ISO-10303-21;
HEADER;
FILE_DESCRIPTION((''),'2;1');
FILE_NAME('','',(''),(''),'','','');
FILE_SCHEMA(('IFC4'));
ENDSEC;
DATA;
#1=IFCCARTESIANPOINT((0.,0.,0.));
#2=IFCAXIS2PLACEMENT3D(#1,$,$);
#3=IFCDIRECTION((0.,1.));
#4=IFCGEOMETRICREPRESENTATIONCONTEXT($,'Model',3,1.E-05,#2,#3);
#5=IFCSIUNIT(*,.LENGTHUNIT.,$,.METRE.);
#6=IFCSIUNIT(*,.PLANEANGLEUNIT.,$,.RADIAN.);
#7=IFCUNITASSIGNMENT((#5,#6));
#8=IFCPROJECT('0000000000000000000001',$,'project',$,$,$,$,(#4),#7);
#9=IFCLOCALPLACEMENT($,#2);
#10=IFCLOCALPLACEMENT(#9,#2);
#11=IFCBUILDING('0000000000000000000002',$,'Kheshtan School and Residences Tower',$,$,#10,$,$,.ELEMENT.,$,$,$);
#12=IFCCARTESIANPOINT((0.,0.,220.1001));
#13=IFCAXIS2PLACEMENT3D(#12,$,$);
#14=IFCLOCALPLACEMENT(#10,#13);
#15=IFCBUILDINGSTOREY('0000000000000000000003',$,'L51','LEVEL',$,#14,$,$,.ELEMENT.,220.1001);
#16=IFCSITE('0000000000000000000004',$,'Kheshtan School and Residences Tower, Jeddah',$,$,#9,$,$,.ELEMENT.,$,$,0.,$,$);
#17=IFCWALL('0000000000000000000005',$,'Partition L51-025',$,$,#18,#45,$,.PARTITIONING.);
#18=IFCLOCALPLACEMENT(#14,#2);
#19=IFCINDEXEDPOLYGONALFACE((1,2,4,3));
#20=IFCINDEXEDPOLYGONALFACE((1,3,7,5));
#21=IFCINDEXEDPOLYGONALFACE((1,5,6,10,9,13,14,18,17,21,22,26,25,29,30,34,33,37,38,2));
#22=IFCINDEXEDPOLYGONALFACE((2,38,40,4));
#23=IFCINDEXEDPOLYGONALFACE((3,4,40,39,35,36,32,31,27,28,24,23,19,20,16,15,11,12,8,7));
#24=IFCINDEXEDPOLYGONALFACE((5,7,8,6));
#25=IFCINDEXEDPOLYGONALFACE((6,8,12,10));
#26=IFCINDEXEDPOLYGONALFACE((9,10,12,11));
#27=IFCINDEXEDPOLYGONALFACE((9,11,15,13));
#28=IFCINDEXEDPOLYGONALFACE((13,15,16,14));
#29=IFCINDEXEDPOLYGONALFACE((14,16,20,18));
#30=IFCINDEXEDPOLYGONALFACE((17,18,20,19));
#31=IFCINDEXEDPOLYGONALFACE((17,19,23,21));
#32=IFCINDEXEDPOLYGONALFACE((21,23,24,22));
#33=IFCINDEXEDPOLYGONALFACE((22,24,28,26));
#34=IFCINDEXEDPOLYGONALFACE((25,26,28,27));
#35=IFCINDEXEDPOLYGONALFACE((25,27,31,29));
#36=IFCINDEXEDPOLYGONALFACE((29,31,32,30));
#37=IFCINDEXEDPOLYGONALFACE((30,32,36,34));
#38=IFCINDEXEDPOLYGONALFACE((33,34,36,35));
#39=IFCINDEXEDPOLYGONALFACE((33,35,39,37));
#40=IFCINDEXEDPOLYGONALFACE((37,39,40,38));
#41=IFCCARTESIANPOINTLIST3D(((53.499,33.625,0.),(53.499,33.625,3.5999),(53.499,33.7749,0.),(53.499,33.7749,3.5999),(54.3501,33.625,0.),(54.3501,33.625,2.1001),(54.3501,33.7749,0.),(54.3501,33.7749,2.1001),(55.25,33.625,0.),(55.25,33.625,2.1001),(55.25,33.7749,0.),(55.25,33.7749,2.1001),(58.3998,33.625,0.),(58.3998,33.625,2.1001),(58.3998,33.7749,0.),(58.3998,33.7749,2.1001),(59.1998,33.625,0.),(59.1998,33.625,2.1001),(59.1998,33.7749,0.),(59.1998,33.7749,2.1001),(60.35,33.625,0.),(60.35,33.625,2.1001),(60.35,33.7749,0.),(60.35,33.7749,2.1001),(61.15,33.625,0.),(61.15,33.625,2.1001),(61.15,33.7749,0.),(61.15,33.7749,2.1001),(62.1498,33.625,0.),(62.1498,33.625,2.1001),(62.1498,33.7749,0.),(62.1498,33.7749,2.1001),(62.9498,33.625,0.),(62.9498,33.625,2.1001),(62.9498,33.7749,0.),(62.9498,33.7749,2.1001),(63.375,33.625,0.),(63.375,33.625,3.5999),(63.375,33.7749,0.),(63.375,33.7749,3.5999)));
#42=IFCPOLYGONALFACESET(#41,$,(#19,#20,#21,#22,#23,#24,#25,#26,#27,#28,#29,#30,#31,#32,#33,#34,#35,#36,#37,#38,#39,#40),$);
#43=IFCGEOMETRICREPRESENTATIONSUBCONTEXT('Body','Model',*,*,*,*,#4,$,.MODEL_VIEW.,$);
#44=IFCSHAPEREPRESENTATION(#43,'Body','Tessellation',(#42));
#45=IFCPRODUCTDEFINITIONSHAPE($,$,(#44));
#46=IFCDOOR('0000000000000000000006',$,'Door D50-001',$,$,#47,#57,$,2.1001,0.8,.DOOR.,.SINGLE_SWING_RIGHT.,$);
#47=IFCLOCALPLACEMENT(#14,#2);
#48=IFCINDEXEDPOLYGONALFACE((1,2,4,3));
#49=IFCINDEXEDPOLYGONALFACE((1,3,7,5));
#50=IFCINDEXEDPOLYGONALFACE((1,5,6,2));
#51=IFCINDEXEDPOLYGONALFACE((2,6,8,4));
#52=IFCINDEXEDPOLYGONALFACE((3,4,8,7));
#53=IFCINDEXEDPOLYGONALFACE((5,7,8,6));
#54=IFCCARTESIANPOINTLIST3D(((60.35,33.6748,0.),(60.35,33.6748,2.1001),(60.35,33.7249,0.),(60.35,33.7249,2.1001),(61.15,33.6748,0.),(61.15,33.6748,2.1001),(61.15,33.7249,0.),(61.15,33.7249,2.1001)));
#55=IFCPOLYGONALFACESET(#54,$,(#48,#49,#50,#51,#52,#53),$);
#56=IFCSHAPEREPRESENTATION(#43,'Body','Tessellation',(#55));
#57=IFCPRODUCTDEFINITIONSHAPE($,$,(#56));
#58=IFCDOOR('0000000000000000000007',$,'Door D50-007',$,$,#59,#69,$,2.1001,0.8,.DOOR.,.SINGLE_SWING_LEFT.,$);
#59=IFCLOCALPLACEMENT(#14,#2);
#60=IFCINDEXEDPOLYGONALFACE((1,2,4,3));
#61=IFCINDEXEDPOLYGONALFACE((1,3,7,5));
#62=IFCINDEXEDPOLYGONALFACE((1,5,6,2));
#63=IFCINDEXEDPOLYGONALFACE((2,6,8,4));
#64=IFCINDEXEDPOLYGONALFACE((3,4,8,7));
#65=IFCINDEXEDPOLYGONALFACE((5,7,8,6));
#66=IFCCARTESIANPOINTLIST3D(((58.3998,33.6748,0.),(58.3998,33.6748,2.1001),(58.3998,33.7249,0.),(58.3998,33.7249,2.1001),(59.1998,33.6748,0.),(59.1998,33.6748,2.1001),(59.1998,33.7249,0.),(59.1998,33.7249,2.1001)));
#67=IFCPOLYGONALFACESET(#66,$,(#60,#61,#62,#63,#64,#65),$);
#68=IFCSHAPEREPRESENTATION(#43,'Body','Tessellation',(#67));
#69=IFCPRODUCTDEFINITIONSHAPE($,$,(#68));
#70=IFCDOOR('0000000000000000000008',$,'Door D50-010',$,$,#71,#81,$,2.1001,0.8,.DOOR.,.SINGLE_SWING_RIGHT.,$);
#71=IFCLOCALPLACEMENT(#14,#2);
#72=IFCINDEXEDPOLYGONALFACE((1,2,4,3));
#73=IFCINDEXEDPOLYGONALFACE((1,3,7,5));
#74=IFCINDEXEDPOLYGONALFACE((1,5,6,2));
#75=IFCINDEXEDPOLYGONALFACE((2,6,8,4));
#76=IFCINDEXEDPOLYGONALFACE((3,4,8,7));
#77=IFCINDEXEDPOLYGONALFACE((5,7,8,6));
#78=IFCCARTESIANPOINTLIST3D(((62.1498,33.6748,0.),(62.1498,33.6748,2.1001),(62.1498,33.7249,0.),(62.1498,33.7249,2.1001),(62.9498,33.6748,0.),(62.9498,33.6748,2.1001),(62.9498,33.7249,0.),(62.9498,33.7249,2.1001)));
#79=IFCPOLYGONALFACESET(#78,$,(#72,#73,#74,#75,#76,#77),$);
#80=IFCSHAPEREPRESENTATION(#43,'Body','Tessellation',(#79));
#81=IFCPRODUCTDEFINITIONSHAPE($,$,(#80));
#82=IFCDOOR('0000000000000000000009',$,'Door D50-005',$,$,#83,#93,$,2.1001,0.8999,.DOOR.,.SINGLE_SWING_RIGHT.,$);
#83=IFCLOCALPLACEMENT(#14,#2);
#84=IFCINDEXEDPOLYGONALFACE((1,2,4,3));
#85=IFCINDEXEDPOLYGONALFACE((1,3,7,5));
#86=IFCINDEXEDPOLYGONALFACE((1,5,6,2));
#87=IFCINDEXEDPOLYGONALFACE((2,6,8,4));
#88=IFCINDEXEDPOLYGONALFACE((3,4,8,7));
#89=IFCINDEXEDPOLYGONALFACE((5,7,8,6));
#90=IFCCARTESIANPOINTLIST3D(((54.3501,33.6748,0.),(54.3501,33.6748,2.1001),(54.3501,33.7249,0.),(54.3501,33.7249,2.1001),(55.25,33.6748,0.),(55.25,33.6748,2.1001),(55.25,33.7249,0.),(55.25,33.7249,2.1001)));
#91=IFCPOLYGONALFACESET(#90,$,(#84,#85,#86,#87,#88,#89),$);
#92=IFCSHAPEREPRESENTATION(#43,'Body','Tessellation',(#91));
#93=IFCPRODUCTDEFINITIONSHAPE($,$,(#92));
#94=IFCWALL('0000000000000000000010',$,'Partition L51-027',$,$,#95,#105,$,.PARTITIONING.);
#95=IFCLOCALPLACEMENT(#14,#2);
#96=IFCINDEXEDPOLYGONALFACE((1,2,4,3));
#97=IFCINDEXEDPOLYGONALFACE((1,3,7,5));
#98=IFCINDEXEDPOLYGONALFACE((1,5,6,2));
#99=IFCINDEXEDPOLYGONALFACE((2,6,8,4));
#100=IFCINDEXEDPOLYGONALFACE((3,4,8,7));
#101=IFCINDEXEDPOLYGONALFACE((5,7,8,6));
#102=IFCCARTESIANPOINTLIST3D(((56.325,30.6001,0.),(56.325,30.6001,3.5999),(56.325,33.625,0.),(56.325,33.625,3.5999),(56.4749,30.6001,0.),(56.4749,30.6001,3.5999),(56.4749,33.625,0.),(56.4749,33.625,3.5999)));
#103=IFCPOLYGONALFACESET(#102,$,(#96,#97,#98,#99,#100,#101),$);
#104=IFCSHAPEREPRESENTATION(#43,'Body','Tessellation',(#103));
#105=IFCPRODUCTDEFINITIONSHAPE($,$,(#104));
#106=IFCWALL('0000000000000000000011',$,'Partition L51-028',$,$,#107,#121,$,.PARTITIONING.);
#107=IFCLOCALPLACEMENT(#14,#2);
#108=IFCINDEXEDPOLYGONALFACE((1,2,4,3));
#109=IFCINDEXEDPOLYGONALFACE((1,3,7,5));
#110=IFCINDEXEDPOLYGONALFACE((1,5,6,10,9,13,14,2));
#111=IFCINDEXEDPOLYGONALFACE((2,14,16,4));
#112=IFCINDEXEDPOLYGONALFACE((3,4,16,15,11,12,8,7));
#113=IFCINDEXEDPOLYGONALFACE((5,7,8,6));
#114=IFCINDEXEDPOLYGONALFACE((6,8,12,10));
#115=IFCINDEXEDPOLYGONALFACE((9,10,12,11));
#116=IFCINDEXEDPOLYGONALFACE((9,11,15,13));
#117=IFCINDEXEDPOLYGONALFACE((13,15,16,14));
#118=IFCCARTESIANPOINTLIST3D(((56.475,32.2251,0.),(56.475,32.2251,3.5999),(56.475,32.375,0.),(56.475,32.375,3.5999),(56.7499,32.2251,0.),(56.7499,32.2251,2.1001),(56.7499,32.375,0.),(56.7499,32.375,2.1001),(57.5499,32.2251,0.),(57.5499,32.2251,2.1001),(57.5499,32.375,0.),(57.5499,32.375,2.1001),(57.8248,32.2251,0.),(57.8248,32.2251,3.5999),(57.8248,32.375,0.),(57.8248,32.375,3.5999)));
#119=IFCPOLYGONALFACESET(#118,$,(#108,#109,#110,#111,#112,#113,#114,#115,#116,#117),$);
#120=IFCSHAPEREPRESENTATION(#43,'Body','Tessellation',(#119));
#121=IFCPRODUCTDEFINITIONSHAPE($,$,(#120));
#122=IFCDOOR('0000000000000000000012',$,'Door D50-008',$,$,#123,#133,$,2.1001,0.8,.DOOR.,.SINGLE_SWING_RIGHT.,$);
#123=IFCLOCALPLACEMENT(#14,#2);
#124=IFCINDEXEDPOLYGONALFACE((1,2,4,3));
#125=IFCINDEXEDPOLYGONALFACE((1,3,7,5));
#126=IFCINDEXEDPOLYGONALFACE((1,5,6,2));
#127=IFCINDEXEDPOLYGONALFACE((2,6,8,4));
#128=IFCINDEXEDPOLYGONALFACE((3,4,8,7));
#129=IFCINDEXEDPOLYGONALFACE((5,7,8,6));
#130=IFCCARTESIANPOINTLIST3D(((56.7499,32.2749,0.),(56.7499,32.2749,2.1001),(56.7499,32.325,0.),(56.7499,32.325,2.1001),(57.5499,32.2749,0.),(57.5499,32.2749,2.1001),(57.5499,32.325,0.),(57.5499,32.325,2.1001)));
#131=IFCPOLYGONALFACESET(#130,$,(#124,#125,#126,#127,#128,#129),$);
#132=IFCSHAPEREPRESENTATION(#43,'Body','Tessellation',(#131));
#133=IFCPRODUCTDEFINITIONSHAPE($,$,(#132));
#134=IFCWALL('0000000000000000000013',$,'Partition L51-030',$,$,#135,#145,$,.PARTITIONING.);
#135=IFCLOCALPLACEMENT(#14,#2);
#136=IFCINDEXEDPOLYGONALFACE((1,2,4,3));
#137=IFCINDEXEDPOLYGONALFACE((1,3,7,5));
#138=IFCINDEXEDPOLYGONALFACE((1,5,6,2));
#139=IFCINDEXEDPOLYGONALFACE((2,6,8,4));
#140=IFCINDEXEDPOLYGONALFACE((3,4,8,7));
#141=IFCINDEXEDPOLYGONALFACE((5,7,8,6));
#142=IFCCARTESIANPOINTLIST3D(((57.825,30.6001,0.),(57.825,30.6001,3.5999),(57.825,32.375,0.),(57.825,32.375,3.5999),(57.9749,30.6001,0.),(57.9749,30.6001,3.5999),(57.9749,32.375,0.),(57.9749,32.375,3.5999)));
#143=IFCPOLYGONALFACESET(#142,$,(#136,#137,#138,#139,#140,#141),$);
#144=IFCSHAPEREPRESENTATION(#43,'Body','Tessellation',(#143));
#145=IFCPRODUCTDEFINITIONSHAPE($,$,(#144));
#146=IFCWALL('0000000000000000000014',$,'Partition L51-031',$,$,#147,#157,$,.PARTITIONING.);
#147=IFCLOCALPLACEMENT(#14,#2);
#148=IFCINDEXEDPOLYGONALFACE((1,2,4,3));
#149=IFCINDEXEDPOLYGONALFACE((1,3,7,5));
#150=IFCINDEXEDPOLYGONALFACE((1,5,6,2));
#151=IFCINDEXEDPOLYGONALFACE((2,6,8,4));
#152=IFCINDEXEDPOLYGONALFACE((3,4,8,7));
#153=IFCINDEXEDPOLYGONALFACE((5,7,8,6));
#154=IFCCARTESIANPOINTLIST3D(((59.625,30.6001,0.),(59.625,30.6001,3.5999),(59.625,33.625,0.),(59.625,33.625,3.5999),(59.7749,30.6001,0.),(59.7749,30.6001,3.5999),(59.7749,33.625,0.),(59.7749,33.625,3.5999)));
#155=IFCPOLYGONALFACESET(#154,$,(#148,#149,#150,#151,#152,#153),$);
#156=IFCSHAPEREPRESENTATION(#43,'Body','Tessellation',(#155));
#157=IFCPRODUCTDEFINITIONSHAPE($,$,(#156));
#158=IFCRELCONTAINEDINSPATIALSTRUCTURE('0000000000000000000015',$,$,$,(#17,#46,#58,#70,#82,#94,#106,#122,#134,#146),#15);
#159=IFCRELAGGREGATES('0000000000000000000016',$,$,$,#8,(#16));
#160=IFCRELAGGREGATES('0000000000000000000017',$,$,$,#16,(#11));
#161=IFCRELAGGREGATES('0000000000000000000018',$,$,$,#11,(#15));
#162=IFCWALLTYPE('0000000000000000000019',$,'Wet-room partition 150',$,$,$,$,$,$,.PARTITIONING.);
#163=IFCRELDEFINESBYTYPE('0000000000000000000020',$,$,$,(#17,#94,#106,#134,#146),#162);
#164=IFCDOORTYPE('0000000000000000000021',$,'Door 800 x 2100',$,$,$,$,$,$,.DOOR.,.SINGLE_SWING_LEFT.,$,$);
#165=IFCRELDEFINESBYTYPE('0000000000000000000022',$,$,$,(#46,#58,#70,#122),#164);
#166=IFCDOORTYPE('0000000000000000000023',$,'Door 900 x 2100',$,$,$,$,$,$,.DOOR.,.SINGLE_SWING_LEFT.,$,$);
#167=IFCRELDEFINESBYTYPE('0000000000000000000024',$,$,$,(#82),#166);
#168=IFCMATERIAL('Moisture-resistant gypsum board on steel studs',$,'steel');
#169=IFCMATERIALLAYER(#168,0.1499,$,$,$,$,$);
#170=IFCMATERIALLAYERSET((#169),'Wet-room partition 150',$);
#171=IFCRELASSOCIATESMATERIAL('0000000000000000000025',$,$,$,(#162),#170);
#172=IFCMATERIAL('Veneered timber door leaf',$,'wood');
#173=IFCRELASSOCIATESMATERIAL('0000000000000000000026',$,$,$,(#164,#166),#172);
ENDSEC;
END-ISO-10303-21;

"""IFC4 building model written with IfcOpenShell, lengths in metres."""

from ifc_helpers import new_model, si_unit, direction, frame, frame_2d, origin, place, context, subcontext, project, spatial, rectangle, extrude, source, transform, mapped, material, layer, layer_set, type_object, element, fill, save


model = new_model("IFC4")

# Units and contexts
model_context = context("Model", 3, precision=1e-05, world=origin(), true_north=direction((0.0, 1.0)))
body_context = subcontext(model_context, "Body", "Model", "MODEL_VIEW")
ifc_project = project(units=[si_unit("LENGTHUNIT", "METRE"), si_unit("PLANEANGLEUNIT", "RADIAN")], contexts=[model_context])

# Site, building, storey
site_placement = place(None, origin())
site = spatial("IfcSite", under=ifc_project, at=site_placement, Name="Kheshtan School and Residences Tower, Jeddah", CompositionType="ELEMENT", RefElevation=0.0)
building_placement = place(site_placement, origin())
building = spatial("IfcBuilding", under=site, at=building_placement, Name="Kheshtan School and Residences Tower", CompositionType="ELEMENT")
storey_placement = place(building_placement, frame((0.0, 0.0, 220.1001)))
storey = spatial("IfcBuildingStorey", under=building, at=storey_placement, Name="L51", Description="LEVEL", CompositionType="ELEMENT", Elevation=220.1001)

# Wall, openings, doors
ifc_material_1 = material(Name="Moisture-resistant gypsum board on steel studs", Category="steel")
ifc_layer_1 = layer(ifc_material_1, 0.1499)
ifc_layer_set_1 = layer_set([ifc_layer_1], Name="Wet-room partition 150")
wall_type_1 = type_object("IfcWallType", Name="Wet-room partition 150", PredefinedType="PARTITIONING", material=ifc_layer_set_1)
wall_1_placement = place(storey_placement, frame((53.499, 33.7, 0.0), z_axis=(0.0, 0.0, 1.0), x_axis=(1.0, 0.0, 0.0)))
wall_1 = element("IfcWall", 1, at=wall_1_placement, inside=storey, type_object=wall_type_1, Name="Partition L51-025", PredefinedType="PARTITIONING", context=body_context, shape_type="SweptSolid", body=[
    extrude(rectangle(XDim=9.876, YDim=0.1499, at=frame_2d((4.938, 0.0))), origin(), (0.0, 0.0, 1.0), 3.5999),
])
opening_1_placement = place(wall_1_placement, frame((6.8511, 0.0, 0.0)))
opening_1 = element("IfcOpeningElement", 2, at=opening_1_placement, cuts=wall_1, PredefinedType="OPENING", context=body_context, shape_type="SweptSolid", body=[
    extrude(rectangle(XDim=0.8, YDim=2.1001, at=frame_2d((0.3999, 1.05))), frame((0.0, 0.085, 0.0), z_axis=(0.0, -1.0, 0.0), x_axis=(1.0, 0.0, 0.0)), (0.0, 0.0, 1.0), 0.1699),
])
opening_2_placement = place(wall_1_placement, frame((0.8511, 0.0, 0.0)))
opening_2 = element("IfcOpeningElement", 3, at=opening_2_placement, cuts=wall_1, PredefinedType="OPENING", context=body_context, shape_type="SweptSolid", body=[
    extrude(rectangle(XDim=0.8999, YDim=2.1001, at=frame_2d((0.45, 1.05))), frame((0.0, 0.085, 0.0), z_axis=(0.0, -1.0, 0.0), x_axis=(1.0, 0.0, 0.0)), (0.0, 0.0, 1.0), 0.1699),
])
opening_3_placement = place(wall_1_placement, frame((4.9009, 0.0, 0.0)))
opening_3 = element("IfcOpeningElement", 4, at=opening_3_placement, cuts=wall_1, PredefinedType="OPENING", context=body_context, shape_type="SweptSolid", body=[
    extrude(rectangle(XDim=0.8, YDim=2.1001, at=frame_2d((0.3999, 1.05))), frame((0.0, 0.085, 0.0), z_axis=(0.0, -1.0, 0.0), x_axis=(1.0, 0.0, 0.0)), (0.0, 0.0, 1.0), 0.1699),
])
opening_4_placement = place(wall_1_placement, frame((8.6509, 0.0, 0.0)))
opening_4 = element("IfcOpeningElement", 5, at=opening_4_placement, cuts=wall_1, PredefinedType="OPENING", context=body_context, shape_type="SweptSolid", body=[
    extrude(rectangle(XDim=0.8, YDim=2.1001, at=frame_2d((0.3999, 1.05))), frame((0.0, 0.085, 0.0), z_axis=(0.0, -1.0, 0.0), x_axis=(1.0, 0.0, 0.0)), (0.0, 0.0, 1.0), 0.1699),
])
ifc_material_2 = material(Name="Veneered timber door leaf", Category="wood")
door_type_1 = type_object("IfcDoorType", Name="Door 800 x 2100", OperationType="SINGLE_SWING_LEFT", PredefinedType="DOOR", material=ifc_material_2)
shared_shape_1 = source(origin(), body_context, "Body", "SweptSolid", [
    extrude(rectangle(XDim=0.8, YDim=2.1001, at=frame_2d((0.3999, 1.05))), frame((0.0, 0.0249, 0.0), z_axis=(0.0, -1.0, 0.0), x_axis=(1.0, 0.0, 0.0)), (0.0, 0.0, 1.0), 0.05),
])
door_1_placement = place(opening_1_placement, origin())
door_1 = element("IfcDoor", 6, at=door_1_placement, inside=storey, type_object=door_type_1, Name="Door D50-001", OperationType="SINGLE_SWING_RIGHT", OverallHeight=2.1001, OverallWidth=0.8, PredefinedType="DOOR", context=body_context, shape_type="MappedRepresentation", body=[
    mapped(shared_shape_1, transform((0.0, 0.0, 0.0), x_axis=(1.0, 0.0, 0.0), y_axis=(0.0, 1.0, 0.0), z_axis=(0.0, 0.0, 1.0), scale=1.0)),
])
fill(opening_1, door_1)
door_2_placement = place(opening_3_placement, origin())
door_2 = element("IfcDoor", 7, at=door_2_placement, inside=storey, type_object=door_type_1, Name="Door D50-007", OperationType="SINGLE_SWING_LEFT", OverallHeight=2.1001, OverallWidth=0.8, PredefinedType="DOOR", context=body_context, shape_type="MappedRepresentation", body=[
    mapped(shared_shape_1, transform((0.0, 0.0, 0.0), x_axis=(1.0, 0.0, 0.0), y_axis=(0.0, 1.0, 0.0), z_axis=(0.0, 0.0, 1.0), scale=1.0)),
])
fill(opening_3, door_2)
door_3_placement = place(opening_4_placement, origin())
door_3 = element("IfcDoor", 8, at=door_3_placement, inside=storey, type_object=door_type_1, Name="Door D50-010", OperationType="SINGLE_SWING_RIGHT", OverallHeight=2.1001, OverallWidth=0.8, PredefinedType="DOOR", context=body_context, shape_type="MappedRepresentation", body=[
    mapped(shared_shape_1, transform((0.0, 0.0, 0.0), x_axis=(1.0, 0.0, 0.0), y_axis=(0.0, 1.0, 0.0), z_axis=(0.0, 0.0, 1.0), scale=1.0)),
])
fill(opening_4, door_3)
door_type_2 = type_object("IfcDoorType", Name="Door 900 x 2100", OperationType="SINGLE_SWING_LEFT", PredefinedType="DOOR", material=ifc_material_2)
shared_shape_2 = source(origin(), body_context, "Body", "SweptSolid", [
    extrude(rectangle(XDim=0.8999, YDim=2.1001, at=frame_2d((0.45, 1.05))), frame((0.0, 0.0249, 0.0), z_axis=(0.0, -1.0, 0.0), x_axis=(1.0, 0.0, 0.0)), (0.0, 0.0, 1.0), 0.05),
])
door_4_placement = place(opening_2_placement, origin())
door_4 = element("IfcDoor", 9, at=door_4_placement, inside=storey, type_object=door_type_2, Name="Door D50-005", OperationType="SINGLE_SWING_RIGHT", OverallHeight=2.1001, OverallWidth=0.8999, PredefinedType="DOOR", context=body_context, shape_type="MappedRepresentation", body=[
    mapped(shared_shape_2, transform((0.0, 0.0, 0.0), x_axis=(1.0, 0.0, 0.0), y_axis=(0.0, 1.0, 0.0), z_axis=(0.0, 0.0, 1.0), scale=1.0)),
])
fill(opening_2, door_4)

# Wall
wall_2_placement = place(storey_placement, frame((56.3999, 30.6001, 0.0), z_axis=(0.0, 0.0, 1.0), x_axis=(0.0, 1.0, 0.0)))
element("IfcWall", 10, at=wall_2_placement, inside=storey, type_object=wall_type_1, Name="Partition L51-027", PredefinedType="PARTITIONING", context=body_context, shape_type="SweptSolid", body=[
    extrude(rectangle(XDim=3.0249, YDim=0.1499, at=frame_2d((1.5125, 0.0))), origin(), (0.0, 0.0, 1.0), 3.5999),
])

# Wall, opening, door
wall_3_placement = place(storey_placement, frame((56.4751, 32.3, 0.0), z_axis=(0.0, 0.0, 1.0), x_axis=(1.0, 0.0, 0.0)))
wall_3 = element("IfcWall", 11, at=wall_3_placement, inside=storey, type_object=wall_type_1, Name="Partition L51-028", PredefinedType="PARTITIONING", context=body_context, shape_type="SweptSolid", body=[
    extrude(rectangle(XDim=1.3499, YDim=0.1499, at=frame_2d((0.6748, 0.0))), origin(), (0.0, 0.0, 1.0), 3.5999),
])
opening_5_placement = place(wall_3_placement, frame((0.2749, 0.0, 0.0)))
opening_5 = element("IfcOpeningElement", 12, at=opening_5_placement, cuts=wall_3, PredefinedType="OPENING", context=body_context, shape_type="SweptSolid", body=[
    extrude(rectangle(XDim=0.8, YDim=2.1001, at=frame_2d((0.3999, 1.05))), frame((0.0, 0.085, 0.0), z_axis=(0.0, -1.0, 0.0), x_axis=(1.0, 0.0, 0.0)), (0.0, 0.0, 1.0), 0.1699),
])
door_5_placement = place(opening_5_placement, origin())
door_5 = element("IfcDoor", 13, at=door_5_placement, inside=storey, type_object=door_type_1, Name="Door D50-008", OperationType="SINGLE_SWING_RIGHT", OverallHeight=2.1001, OverallWidth=0.8, PredefinedType="DOOR", context=body_context, shape_type="MappedRepresentation", body=[
    mapped(shared_shape_1, transform((0.0, 0.0, 0.0), x_axis=(1.0, 0.0, 0.0), y_axis=(0.0, 1.0, 0.0), z_axis=(0.0, 0.0, 1.0), scale=1.0)),
])
fill(opening_5, door_5)

# Walls
wall_4_placement = place(storey_placement, frame((57.8999, 30.6001, 0.0), z_axis=(0.0, 0.0, 1.0), x_axis=(0.0, 1.0, 0.0)))
element("IfcWall", 14, at=wall_4_placement, inside=storey, type_object=wall_type_1, Name="Partition L51-030", PredefinedType="PARTITIONING", context=body_context, shape_type="SweptSolid", body=[
    extrude(rectangle(XDim=1.7749, YDim=0.1499, at=frame_2d((0.8875, 0.0))), origin(), (0.0, 0.0, 1.0), 3.5999),
])
wall_5_placement = place(storey_placement, frame((59.7, 30.6001, 0.0), z_axis=(0.0, 0.0, 1.0), x_axis=(0.0, 1.0, 0.0)))
element("IfcWall", 15, at=wall_5_placement, inside=storey, type_object=wall_type_1, Name="Partition L51-031", PredefinedType="PARTITIONING", context=body_context, shape_type="SweptSolid", body=[
    extrude(rectangle(XDim=3.0249, YDim=0.1499, at=frame_2d((1.5125, 0.0))), origin(), (0.0, 0.0, 1.0), 3.5999),
])

save(model, "model.ifc")
